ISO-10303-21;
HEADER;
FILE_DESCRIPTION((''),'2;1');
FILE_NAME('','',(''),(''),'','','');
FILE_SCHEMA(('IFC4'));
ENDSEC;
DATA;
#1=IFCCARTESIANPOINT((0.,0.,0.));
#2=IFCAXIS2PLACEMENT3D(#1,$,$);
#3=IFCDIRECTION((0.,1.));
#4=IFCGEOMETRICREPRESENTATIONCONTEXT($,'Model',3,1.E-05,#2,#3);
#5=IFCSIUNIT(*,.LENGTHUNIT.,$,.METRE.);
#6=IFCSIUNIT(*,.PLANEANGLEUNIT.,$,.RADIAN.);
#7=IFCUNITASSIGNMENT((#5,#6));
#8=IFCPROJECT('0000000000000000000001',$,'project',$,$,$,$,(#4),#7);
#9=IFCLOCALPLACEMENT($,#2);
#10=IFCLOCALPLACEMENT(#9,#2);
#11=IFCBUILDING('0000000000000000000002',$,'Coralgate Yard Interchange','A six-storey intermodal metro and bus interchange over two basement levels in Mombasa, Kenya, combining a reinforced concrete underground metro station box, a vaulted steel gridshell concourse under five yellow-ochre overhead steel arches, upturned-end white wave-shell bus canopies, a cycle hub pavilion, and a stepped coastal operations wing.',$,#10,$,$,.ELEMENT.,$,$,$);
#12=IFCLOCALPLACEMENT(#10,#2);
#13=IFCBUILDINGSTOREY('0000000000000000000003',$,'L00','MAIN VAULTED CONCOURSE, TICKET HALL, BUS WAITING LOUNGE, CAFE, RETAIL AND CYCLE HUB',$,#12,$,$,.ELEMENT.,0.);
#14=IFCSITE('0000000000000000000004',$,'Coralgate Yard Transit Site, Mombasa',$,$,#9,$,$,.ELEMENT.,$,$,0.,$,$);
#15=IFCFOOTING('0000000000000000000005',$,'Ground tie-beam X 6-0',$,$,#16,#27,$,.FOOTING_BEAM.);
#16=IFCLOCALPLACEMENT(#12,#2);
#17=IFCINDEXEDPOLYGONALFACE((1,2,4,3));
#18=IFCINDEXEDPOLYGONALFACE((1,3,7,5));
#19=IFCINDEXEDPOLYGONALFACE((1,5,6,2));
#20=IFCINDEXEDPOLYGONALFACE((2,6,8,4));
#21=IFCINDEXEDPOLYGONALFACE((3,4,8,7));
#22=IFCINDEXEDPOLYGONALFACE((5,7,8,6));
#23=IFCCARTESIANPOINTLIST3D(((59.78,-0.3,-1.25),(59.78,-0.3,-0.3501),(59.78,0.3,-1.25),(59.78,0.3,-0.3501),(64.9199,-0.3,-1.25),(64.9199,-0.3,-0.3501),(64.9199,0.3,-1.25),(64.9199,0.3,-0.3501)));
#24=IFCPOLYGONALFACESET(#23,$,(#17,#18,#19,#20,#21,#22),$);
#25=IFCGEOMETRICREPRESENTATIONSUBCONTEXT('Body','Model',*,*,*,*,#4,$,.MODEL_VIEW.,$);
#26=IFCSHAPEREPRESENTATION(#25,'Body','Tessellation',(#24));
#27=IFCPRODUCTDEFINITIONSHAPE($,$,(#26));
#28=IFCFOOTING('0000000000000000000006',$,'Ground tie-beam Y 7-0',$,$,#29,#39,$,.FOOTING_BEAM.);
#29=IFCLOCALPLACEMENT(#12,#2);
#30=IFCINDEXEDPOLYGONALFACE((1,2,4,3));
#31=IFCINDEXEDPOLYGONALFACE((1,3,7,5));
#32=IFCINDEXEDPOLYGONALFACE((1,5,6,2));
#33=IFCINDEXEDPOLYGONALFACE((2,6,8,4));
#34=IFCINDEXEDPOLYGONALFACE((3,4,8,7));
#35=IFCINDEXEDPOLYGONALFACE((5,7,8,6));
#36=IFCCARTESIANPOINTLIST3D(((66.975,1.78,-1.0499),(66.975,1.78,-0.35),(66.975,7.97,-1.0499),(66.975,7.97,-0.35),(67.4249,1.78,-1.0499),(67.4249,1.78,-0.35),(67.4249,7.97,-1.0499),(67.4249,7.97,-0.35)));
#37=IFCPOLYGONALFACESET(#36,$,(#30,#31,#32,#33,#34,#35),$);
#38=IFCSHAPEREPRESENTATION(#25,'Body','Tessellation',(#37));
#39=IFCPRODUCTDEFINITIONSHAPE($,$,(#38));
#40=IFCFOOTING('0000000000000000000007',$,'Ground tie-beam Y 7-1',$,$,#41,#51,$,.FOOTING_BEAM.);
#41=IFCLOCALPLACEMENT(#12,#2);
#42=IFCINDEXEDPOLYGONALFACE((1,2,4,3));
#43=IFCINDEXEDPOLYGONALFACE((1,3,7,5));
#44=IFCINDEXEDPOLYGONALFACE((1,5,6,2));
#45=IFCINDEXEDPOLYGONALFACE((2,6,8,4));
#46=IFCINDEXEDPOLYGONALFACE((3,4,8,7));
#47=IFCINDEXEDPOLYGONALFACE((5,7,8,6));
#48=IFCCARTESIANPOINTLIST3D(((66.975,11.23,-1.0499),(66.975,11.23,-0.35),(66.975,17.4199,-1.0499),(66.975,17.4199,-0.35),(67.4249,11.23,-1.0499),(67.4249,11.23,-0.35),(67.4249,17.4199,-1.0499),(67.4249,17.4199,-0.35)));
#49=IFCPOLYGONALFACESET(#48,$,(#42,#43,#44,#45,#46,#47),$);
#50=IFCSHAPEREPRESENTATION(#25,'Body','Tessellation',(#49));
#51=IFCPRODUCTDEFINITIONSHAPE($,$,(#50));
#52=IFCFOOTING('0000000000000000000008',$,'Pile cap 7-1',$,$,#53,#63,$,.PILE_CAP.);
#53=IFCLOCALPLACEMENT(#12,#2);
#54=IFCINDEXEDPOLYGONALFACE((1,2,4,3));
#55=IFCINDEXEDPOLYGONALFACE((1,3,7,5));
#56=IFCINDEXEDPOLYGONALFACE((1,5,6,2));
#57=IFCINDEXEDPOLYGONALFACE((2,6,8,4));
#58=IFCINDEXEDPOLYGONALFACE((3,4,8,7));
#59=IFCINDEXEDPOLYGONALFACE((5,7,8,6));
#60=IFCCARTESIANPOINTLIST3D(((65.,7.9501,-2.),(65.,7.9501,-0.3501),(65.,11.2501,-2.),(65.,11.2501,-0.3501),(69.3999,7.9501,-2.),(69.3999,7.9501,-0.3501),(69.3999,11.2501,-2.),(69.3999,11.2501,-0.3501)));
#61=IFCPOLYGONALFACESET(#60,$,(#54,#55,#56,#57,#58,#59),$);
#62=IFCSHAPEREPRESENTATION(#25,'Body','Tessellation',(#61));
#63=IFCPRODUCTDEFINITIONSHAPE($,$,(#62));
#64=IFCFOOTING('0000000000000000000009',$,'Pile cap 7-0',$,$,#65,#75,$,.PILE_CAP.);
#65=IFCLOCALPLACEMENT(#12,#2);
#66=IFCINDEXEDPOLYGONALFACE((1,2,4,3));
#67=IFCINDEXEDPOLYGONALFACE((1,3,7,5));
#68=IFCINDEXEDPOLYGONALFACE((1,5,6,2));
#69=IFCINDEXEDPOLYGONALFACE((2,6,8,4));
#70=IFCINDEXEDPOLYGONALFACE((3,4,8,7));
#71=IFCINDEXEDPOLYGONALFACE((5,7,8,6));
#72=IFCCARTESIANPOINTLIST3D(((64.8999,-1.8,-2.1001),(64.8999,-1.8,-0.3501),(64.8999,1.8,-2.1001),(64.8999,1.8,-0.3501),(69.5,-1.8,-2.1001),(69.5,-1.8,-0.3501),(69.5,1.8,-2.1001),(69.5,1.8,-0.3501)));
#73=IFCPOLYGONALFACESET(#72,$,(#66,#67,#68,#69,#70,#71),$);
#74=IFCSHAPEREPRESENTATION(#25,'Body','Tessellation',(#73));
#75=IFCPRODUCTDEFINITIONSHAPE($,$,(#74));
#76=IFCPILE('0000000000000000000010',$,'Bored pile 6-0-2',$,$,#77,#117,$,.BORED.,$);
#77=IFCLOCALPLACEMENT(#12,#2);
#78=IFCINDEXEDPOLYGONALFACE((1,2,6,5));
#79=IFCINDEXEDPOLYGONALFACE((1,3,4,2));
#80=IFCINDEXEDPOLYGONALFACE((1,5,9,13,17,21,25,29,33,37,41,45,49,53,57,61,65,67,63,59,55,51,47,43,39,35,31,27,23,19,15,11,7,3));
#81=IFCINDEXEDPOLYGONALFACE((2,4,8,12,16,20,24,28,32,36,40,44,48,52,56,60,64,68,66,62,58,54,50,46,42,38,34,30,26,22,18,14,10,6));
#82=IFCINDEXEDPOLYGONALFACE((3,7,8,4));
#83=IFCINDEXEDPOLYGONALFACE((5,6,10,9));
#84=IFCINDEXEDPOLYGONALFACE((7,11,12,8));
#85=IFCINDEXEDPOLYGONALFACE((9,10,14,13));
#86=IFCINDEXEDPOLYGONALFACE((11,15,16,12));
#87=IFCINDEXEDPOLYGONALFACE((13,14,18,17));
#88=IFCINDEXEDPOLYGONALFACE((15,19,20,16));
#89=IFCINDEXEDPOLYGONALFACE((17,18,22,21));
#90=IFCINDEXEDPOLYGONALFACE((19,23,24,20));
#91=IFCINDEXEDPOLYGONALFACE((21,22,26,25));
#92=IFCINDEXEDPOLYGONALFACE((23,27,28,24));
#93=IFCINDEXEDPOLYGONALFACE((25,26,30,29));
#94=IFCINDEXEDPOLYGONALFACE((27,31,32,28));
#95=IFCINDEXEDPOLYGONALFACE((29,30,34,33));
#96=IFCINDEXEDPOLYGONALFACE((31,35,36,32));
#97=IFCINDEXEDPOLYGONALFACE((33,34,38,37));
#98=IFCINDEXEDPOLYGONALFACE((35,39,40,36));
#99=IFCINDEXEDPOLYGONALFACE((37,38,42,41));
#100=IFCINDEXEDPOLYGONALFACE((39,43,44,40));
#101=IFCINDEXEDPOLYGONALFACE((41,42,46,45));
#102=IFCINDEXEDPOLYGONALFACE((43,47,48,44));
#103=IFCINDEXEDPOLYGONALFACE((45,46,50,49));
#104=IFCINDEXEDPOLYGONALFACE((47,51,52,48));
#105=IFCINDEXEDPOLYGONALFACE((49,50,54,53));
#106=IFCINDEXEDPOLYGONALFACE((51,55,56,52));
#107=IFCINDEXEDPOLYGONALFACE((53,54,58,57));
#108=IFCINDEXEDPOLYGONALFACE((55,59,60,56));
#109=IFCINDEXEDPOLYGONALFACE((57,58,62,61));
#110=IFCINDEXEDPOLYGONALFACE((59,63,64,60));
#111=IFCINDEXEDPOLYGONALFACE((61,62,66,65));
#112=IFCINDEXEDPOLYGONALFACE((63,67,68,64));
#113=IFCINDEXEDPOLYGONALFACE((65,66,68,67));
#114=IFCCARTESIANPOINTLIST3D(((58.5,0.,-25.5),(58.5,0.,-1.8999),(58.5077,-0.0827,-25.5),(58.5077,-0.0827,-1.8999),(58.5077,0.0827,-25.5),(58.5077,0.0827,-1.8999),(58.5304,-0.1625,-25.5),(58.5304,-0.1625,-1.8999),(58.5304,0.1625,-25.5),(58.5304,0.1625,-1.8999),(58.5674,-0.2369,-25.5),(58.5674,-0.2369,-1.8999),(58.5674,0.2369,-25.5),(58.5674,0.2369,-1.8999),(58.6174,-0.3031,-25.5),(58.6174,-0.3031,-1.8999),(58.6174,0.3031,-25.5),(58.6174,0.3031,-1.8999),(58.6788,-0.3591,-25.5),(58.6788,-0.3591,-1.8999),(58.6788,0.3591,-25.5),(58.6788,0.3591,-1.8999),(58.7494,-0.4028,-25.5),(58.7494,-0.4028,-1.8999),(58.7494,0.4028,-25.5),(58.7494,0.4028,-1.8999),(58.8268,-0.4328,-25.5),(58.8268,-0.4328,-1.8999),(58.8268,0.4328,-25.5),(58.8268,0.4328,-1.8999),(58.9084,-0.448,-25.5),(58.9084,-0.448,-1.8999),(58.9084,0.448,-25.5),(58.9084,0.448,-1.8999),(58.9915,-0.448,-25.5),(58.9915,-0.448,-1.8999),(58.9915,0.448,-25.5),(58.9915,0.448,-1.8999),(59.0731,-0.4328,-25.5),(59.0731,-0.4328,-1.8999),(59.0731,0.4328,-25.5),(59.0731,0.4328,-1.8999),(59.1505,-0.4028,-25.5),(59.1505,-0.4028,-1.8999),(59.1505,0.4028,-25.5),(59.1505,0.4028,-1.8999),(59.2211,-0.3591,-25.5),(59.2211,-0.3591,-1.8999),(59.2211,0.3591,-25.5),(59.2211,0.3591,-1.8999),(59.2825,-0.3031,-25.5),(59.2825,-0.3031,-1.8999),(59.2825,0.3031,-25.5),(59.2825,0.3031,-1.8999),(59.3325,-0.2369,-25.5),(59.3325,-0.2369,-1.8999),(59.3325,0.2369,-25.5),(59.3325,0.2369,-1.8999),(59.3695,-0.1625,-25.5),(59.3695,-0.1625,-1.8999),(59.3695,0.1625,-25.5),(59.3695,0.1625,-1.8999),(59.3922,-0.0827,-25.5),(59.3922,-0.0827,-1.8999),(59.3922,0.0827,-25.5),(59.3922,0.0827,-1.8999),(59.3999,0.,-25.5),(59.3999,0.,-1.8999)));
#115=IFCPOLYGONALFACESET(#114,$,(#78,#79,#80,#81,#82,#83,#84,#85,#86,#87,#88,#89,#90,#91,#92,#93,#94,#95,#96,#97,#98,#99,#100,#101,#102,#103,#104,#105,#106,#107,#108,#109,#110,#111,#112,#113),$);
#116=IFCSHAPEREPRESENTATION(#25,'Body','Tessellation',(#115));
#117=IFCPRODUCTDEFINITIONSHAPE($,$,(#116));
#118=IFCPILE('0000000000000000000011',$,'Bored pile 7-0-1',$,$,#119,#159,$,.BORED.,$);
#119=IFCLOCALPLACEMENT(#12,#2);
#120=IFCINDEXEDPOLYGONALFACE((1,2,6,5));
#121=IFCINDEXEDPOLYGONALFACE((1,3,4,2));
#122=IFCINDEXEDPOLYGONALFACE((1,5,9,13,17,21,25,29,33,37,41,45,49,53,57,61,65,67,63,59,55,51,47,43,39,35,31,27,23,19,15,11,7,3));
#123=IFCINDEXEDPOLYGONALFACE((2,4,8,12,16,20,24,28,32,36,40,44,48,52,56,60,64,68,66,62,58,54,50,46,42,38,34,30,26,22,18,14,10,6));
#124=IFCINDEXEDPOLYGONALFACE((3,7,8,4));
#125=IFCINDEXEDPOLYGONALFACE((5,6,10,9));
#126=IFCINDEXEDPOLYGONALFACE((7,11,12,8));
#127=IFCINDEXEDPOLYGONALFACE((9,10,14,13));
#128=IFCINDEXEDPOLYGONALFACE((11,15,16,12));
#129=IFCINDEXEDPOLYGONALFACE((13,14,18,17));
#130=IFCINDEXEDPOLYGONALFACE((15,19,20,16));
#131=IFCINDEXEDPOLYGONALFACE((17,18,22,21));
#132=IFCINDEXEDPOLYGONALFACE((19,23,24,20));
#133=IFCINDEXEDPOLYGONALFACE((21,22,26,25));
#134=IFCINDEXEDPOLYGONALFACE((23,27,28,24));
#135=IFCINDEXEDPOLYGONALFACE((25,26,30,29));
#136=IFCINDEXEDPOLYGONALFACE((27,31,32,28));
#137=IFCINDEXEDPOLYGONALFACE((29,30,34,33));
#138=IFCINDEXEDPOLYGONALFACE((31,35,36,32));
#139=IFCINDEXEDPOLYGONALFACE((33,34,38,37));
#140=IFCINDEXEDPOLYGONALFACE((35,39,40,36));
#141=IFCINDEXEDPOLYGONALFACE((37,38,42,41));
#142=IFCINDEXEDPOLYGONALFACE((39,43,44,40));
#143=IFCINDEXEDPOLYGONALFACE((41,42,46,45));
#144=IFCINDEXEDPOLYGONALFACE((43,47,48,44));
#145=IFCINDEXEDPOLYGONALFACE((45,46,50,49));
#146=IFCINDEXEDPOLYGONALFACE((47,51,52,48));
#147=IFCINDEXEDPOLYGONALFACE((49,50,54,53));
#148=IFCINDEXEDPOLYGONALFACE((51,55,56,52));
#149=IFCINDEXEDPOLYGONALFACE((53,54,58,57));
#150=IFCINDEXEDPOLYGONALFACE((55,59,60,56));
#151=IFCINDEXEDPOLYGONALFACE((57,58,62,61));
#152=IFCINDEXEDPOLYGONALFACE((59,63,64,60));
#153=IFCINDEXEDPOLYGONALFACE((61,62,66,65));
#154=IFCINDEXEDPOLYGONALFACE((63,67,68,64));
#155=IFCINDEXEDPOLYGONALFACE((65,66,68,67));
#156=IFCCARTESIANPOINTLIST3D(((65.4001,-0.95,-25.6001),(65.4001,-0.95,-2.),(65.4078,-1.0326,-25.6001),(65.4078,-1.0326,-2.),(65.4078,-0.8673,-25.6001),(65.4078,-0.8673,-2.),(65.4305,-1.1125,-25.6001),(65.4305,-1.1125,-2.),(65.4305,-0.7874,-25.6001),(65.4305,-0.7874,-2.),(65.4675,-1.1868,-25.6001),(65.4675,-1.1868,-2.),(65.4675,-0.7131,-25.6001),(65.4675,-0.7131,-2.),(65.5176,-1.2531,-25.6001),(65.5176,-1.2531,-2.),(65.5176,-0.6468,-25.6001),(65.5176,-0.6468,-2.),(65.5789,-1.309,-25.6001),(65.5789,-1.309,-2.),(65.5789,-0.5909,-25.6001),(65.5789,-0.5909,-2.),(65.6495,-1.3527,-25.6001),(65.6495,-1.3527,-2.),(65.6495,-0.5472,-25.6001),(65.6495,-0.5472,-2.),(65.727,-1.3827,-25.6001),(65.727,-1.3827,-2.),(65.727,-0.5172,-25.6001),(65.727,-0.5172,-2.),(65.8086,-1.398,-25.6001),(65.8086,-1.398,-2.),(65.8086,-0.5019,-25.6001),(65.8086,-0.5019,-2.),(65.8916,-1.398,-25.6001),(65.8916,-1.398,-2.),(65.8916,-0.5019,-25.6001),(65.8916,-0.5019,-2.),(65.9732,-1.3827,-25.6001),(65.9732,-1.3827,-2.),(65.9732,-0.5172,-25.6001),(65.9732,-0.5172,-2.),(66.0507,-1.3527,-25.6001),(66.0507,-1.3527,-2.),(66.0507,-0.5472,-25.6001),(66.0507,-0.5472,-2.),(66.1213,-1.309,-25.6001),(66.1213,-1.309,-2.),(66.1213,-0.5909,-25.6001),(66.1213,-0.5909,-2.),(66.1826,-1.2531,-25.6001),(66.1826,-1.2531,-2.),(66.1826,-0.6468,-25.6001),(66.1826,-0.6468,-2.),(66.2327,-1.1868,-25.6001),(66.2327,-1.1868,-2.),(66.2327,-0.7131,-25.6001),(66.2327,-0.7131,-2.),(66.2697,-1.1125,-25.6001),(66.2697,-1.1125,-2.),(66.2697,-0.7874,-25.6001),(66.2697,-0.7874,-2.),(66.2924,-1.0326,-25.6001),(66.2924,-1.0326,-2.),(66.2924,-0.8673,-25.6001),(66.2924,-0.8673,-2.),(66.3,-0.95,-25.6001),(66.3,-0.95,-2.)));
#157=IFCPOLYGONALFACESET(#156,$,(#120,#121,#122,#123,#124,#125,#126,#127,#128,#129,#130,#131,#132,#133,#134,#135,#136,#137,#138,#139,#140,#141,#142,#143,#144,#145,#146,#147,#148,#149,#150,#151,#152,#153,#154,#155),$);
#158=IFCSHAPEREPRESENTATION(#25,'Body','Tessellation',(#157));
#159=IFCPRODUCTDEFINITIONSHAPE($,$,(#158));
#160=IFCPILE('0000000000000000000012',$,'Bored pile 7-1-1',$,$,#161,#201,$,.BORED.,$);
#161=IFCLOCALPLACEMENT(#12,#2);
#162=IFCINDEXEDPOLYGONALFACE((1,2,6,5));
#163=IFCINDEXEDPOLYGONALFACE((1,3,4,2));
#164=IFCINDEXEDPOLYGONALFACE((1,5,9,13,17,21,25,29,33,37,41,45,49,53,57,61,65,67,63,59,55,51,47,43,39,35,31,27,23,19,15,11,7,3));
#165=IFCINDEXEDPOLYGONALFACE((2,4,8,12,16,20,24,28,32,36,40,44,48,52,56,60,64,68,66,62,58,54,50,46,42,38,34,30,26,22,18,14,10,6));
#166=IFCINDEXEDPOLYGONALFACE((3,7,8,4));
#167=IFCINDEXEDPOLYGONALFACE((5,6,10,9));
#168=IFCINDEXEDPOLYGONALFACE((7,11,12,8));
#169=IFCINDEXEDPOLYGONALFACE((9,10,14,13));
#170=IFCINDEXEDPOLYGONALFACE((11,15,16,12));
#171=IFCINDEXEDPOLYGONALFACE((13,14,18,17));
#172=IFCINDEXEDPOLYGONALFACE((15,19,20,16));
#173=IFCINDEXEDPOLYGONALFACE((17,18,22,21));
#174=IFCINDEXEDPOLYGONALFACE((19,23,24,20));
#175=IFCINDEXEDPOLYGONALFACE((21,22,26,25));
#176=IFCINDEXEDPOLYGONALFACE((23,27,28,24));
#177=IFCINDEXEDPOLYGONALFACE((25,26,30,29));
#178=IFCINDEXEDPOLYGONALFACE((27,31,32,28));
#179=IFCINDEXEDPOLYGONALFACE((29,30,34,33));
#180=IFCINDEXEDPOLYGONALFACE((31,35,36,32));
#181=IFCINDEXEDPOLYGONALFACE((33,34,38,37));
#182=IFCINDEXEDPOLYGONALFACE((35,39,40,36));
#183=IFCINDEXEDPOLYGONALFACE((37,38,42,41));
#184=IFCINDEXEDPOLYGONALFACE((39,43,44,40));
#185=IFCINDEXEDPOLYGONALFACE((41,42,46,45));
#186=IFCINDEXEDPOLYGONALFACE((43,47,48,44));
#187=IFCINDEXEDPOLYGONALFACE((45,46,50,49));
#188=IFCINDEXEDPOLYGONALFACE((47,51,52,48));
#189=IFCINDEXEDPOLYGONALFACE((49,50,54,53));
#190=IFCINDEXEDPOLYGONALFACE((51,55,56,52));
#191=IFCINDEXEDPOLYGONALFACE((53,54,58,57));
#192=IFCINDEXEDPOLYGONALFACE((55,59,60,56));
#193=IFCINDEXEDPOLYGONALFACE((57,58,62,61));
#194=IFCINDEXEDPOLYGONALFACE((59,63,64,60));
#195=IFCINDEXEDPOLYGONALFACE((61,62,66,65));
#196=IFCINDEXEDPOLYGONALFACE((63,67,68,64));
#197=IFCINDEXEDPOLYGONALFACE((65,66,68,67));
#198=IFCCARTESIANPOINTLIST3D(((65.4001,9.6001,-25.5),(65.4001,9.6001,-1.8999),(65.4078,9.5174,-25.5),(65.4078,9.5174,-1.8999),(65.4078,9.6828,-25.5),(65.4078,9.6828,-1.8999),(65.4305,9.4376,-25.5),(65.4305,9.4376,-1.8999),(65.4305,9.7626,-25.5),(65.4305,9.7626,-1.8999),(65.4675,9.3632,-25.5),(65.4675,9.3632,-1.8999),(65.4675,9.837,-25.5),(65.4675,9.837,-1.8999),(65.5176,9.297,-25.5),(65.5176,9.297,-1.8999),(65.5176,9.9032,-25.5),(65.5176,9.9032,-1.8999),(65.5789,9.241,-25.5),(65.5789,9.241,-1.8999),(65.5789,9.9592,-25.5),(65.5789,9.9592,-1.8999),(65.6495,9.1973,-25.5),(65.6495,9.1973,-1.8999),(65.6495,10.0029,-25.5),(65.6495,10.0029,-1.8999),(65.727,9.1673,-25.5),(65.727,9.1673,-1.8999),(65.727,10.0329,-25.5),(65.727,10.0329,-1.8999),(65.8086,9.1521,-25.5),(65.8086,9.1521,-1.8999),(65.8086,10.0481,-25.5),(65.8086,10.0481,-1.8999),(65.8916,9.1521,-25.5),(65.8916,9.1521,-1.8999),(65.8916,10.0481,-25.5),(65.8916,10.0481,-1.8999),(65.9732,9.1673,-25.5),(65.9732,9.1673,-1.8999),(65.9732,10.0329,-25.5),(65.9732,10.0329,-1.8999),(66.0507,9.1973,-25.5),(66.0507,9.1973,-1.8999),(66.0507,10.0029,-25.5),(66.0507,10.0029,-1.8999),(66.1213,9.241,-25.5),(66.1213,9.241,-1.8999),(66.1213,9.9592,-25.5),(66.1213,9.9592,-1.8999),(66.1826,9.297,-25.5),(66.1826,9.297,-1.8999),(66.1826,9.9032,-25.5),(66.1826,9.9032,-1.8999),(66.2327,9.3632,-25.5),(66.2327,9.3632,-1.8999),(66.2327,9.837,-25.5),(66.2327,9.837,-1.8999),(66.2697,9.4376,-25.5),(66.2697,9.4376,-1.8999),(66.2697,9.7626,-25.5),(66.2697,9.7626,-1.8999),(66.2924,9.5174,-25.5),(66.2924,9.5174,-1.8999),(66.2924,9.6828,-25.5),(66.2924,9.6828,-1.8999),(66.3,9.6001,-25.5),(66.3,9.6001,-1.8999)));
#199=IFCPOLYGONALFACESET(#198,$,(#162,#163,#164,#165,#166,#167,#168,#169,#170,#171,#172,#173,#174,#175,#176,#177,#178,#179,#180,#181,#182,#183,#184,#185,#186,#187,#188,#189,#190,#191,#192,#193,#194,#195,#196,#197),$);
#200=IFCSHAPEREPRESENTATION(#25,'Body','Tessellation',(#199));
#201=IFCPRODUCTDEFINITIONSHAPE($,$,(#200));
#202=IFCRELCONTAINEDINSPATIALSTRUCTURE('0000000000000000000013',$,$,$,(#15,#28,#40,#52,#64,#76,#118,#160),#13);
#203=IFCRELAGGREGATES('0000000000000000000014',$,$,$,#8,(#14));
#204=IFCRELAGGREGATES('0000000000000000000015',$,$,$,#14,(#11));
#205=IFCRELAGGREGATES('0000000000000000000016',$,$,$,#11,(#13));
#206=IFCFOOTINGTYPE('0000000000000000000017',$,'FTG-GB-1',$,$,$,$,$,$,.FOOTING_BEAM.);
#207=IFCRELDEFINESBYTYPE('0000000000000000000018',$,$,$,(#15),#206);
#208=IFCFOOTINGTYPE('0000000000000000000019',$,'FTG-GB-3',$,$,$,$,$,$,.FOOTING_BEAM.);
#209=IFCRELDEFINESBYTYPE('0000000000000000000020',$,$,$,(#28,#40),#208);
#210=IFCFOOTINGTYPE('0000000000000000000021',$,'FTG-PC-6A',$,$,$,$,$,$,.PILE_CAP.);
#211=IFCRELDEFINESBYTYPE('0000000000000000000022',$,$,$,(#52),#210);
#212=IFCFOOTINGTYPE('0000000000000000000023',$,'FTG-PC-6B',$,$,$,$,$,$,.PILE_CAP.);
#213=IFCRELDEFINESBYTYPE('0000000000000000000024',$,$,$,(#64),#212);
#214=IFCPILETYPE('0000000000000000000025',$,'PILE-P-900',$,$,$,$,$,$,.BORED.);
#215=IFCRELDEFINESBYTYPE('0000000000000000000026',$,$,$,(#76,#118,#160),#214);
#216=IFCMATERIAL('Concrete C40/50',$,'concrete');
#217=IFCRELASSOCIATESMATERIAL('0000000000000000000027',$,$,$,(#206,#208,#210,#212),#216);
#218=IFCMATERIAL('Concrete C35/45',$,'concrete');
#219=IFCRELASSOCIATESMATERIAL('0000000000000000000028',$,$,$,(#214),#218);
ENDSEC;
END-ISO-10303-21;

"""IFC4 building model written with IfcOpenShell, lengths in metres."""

from ifc_helpers import new_model, si_unit, direction, frame, origin, origin_2d, place, context, subcontext, project, spatial, rectangle, circle, extrude, material, material_profile, profile_set, type_object, element, save


model = new_model("IFC4")

# Units and contexts
model_context = context("Model", 3, precision=1e-05, world=origin(), true_north=direction((0.0, 1.0)))
body_context = subcontext(model_context, "Body", "Model", "MODEL_VIEW")
ifc_project = project(units=[si_unit("LENGTHUNIT", "METRE"), si_unit("PLANEANGLEUNIT", "RADIAN")], contexts=[model_context])

# Site, building, storey
site_placement = place(None, origin())
site = spatial("IfcSite", under=ifc_project, at=site_placement, Name="Coralgate Yard Transit Site, Mombasa", CompositionType="ELEMENT", RefElevation=0.0)
building_placement = place(site_placement, origin())
building = spatial("IfcBuilding", under=site, at=building_placement, Name="Coralgate Yard Interchange", Description="A six-storey intermodal metro and bus interchange over two basement levels in Mombasa, Kenya, combining a reinforced concrete underground metro station box, a vaulted steel gridshell concourse under five yellow-ochre overhead steel arches, upturned-end white wave-shell bus canopies, a cycle hub pavilion, and a stepped coastal operations wing.", CompositionType="ELEMENT")
storey_placement = place(building_placement, origin())
storey = spatial("IfcBuildingStorey", under=building, at=storey_placement, Name="L00", Description="MAIN VAULTED CONCOURSE, TICKET HALL, BUS WAITING LOUNGE, CAFE, RETAIL AND CYCLE HUB", CompositionType="ELEMENT", Elevation=0.0)

# Footings
ifc_material_1 = material(Name="Concrete C40/50", Category="concrete")
ifc_material_profile_1 = material_profile(ifc_material_1, rectangle(XDim=0.6001, YDim=0.8999, at=origin_2d()), Name="RC 600x900")
ifc_profile_set_1 = profile_set([ifc_material_profile_1], Name="Concrete C40/50")
footing_type_1 = type_object("IfcFootingType", Name="FTG-GB-1", PredefinedType="FOOTING_BEAM", material=ifc_profile_set_1)
footing_1_placement = place(storey_placement, frame((59.78, 0.0, -0.8), z_axis=(1.0, 0.0, 0.0), x_axis=(0.0, 1.0, 0.0)))
element("IfcFooting", 1, at=footing_1_placement, inside=storey, type_object=footing_type_1, Name="Ground tie-beam X 6-0", PredefinedType="FOOTING_BEAM", context=body_context, shape_type="SweptSolid", body=[
    extrude(rectangle(XDim=0.6001, YDim=0.8999, at=origin_2d()), origin(), (0.0, 0.0, 1.0), 5.1399),
])
ifc_material_profile_2 = material_profile(ifc_material_1, rectangle(XDim=0.45, YDim=0.7, at=origin_2d()), Name="RC 450x700")
ifc_profile_set_2 = profile_set([ifc_material_profile_2], Name="Concrete C40/50")
footing_type_2 = type_object("IfcFootingType", Name="FTG-GB-3", PredefinedType="FOOTING_BEAM", material=ifc_profile_set_2)
for number, where, z_axis, x_axis, name in (
    (2, (67.2, 1.78, -0.7), (0.0, 1.0, 0.0), (-1.0, 0.0, 0.0), "Ground tie-beam Y 7-0"),
    (3, (67.2, 11.23, -0.7), (0.0, 1.0, 0.0), (-1.0, 0.0, 0.0), "Ground tie-beam Y 7-1"),
):
    element("IfcFooting", number, at=place(storey_placement, frame(where, z_axis=z_axis, x_axis=x_axis)), inside=storey, type_object=footing_type_2, Name=name, PredefinedType="FOOTING_BEAM", context=body_context, shape_type="SweptSolid", body=[
        extrude(rectangle(XDim=0.45, YDim=0.7, at=origin_2d()), origin(), (0.0, 0.0, 1.0), 6.1899),
    ])
footing_type_3 = type_object("IfcFootingType", Name="FTG-PC-6A", PredefinedType="PILE_CAP", material=ifc_material_1)
footing_2_placement = place(storey_placement, frame((67.2, 9.6001, -2.0), z_axis=(0.0, 0.0, 1.0), x_axis=(1.0, 0.0, 0.0)))
element("IfcFooting", 4, at=footing_2_placement, inside=storey, type_object=footing_type_3, Name="Pile cap 7-1", PredefinedType="PILE_CAP", context=body_context, shape_type="SweptSolid", body=[
    extrude(rectangle(XDim=4.3999, YDim=3.3, at=origin_2d()), origin(), (0.0, 0.0, 1.0), 1.6499),
])
footing_type_4 = type_object("IfcFootingType", Name="FTG-PC-6B", PredefinedType="PILE_CAP", material=ifc_material_1)
footing_3_placement = place(storey_placement, frame((67.2, 0.0, -2.1001), z_axis=(0.0, 0.0, 1.0), x_axis=(1.0, 0.0, 0.0)))
element("IfcFooting", 5, at=footing_3_placement, inside=storey, type_object=footing_type_4, Name="Pile cap 7-0", PredefinedType="PILE_CAP", context=body_context, shape_type="SweptSolid", body=[
    extrude(rectangle(XDim=4.6001, YDim=3.6001, at=origin_2d()), origin(), (0.0, 0.0, 1.0), 1.75),
])

# Piles
ifc_material_2 = material(Name="Concrete C35/45", Category="concrete")
ifc_material_profile_3 = material_profile(ifc_material_2, circle(Radius=0.45, at=origin_2d()), Name="BORED PILE D900")
ifc_profile_set_3 = profile_set([ifc_material_profile_3], Name="Concrete C35/45")
pile_type = type_object("IfcPileType", Name="PILE-P-900", PredefinedType="BORED", material=ifc_profile_set_3)
for number, where, z_axis, x_axis, name in (
    (6, (58.95, 0.0, -1.8999), (0.0, 0.0, -1.0), (1.0, 0.0, 0.0), "Bored pile 6-0-2"),
    (7, (65.8501, -0.95, -2.0), (0.0, 0.0, -1.0), (1.0, 0.0, 0.0), "Bored pile 7-0-1"),
    (8, (65.8501, 9.6001, -1.8999), (0.0, 0.0, -1.0), (1.0, 0.0, 0.0), "Bored pile 7-1-1"),
):
    element("IfcPile", number, at=place(storey_placement, frame(where, z_axis=z_axis, x_axis=x_axis)), inside=storey, type_object=pile_type, Name=name, PredefinedType="BORED", context=body_context, shape_type="SweptSolid", body=[
        extrude(circle(Radius=0.45, at=origin_2d()), origin(), (0.0, 0.0, 1.0), 23.6001),
    ])

save(model, "model.ifc")
